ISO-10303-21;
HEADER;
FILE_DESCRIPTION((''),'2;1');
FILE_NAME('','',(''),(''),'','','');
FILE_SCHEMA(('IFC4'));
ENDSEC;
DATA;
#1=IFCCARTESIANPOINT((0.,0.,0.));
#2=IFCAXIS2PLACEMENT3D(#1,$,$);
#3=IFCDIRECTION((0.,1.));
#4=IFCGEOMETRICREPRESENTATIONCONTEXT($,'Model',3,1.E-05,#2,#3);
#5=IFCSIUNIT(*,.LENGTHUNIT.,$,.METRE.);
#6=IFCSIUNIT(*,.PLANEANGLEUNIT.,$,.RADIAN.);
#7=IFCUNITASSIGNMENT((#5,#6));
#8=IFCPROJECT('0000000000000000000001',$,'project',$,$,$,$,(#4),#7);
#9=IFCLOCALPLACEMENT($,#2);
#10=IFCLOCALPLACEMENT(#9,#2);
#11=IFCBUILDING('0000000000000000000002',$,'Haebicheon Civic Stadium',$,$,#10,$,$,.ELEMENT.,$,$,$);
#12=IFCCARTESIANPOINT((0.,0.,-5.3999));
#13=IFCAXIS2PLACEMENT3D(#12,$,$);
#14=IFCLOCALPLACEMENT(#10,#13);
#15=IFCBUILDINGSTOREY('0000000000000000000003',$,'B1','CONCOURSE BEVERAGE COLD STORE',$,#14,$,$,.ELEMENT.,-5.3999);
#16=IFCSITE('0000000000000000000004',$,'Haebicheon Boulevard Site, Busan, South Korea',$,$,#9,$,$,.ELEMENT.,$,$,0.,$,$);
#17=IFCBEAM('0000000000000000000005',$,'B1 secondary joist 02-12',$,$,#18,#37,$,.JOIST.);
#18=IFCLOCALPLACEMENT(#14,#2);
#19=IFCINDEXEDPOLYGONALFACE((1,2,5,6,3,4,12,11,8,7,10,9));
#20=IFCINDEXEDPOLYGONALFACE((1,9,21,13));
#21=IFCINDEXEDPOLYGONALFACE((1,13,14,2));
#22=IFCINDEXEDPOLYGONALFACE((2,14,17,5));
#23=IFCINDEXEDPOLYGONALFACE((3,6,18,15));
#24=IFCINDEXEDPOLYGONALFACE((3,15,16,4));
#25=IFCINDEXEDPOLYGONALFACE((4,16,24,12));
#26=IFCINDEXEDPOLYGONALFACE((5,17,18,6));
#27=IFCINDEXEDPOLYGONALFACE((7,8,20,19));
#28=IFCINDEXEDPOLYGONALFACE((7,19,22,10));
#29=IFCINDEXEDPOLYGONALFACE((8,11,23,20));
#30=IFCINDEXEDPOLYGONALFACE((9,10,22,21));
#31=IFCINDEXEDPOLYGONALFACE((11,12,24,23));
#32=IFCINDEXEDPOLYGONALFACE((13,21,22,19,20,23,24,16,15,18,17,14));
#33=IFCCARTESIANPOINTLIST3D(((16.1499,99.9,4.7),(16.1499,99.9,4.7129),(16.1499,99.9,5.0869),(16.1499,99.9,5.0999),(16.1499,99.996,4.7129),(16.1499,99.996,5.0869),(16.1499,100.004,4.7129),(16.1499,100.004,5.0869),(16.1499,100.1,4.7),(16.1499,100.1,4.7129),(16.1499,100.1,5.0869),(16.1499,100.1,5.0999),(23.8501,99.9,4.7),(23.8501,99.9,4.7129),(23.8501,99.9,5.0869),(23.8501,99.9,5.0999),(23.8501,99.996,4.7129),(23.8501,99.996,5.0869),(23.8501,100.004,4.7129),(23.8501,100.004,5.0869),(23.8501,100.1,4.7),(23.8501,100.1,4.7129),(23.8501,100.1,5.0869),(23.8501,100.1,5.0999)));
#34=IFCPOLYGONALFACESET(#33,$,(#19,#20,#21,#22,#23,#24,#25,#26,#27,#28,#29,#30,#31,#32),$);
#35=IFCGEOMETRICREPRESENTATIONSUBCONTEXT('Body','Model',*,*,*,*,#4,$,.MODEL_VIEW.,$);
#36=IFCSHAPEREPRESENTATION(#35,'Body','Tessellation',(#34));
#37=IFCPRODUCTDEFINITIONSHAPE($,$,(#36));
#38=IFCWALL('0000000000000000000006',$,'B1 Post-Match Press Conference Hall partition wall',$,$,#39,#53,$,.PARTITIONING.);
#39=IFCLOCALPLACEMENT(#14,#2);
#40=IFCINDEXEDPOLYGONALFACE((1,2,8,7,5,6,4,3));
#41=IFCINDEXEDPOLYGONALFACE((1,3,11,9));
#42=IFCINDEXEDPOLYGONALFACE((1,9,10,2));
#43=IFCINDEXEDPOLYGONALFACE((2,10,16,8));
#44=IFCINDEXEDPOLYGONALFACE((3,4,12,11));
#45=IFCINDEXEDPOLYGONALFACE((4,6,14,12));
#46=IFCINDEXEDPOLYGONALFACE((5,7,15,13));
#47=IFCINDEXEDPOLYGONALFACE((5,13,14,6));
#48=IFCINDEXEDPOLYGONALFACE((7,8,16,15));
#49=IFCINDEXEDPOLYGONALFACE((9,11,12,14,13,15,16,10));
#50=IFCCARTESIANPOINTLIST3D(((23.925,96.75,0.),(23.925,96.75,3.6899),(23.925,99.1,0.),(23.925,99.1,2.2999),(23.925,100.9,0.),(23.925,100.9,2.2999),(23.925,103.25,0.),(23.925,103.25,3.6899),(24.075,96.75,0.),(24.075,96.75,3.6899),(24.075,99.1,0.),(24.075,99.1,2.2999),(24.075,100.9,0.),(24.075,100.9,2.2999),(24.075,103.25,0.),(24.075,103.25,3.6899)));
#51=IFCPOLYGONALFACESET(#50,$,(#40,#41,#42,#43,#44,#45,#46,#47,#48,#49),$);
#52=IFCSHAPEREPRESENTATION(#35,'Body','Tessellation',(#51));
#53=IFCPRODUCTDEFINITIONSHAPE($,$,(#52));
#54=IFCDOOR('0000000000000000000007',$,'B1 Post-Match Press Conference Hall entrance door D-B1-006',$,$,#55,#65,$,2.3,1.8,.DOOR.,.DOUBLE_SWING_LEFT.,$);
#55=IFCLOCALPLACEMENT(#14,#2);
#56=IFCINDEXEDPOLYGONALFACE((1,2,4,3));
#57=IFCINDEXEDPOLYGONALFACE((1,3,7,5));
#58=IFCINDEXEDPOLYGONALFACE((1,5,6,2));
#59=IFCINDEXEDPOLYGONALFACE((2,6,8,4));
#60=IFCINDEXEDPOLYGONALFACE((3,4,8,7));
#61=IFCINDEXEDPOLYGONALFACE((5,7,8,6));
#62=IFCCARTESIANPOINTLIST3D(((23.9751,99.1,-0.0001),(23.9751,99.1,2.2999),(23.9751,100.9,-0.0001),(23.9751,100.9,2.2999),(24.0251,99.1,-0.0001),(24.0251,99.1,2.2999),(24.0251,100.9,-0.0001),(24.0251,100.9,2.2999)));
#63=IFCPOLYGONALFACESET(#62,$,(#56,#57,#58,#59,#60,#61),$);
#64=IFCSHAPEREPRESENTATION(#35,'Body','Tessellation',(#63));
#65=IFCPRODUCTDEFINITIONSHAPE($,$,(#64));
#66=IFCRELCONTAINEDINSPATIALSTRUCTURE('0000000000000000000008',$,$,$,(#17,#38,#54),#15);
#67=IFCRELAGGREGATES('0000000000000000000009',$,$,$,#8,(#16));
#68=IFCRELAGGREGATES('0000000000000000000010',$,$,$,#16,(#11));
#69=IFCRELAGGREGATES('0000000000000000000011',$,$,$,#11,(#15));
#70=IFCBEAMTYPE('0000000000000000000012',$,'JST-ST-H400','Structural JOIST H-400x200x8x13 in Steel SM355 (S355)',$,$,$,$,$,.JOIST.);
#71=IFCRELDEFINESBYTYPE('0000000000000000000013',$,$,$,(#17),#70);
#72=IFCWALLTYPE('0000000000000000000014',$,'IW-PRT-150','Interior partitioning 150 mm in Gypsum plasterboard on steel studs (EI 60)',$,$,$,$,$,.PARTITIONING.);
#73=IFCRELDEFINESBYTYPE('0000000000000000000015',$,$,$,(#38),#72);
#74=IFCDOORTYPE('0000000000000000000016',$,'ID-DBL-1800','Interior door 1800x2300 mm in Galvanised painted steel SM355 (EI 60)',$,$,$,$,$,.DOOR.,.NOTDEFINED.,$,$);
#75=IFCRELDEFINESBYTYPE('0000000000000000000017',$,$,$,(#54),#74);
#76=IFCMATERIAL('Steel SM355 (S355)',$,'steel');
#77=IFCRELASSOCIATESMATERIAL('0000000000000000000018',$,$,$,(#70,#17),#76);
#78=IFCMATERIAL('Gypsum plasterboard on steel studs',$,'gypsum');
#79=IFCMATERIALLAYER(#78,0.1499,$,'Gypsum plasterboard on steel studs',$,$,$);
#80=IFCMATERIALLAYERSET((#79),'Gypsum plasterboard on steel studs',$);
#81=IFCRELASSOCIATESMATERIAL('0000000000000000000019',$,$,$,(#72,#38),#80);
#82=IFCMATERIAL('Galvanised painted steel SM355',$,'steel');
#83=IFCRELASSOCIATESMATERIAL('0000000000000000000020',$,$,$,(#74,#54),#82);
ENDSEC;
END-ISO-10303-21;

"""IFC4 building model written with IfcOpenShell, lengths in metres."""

from ifc_helpers import new_model, si_unit, direction, frame, frame_2d, origin, origin_2d, place, context, subcontext, project, spatial, rectangle, i_section, extrude, material, layer, layer_set, material_profile, profile_set, type_object, element, fill, save


model = new_model("IFC4")

# Units and contexts
model_context = context("Model", 3, precision=1e-05, world=origin(), true_north=direction((0.0, 1.0)))
body_context = subcontext(model_context, "Body", "Model", "MODEL_VIEW")
ifc_project = project(units=[si_unit("LENGTHUNIT", "METRE"), si_unit("PLANEANGLEUNIT", "RADIAN")], contexts=[model_context])

# Site, building, storey
site_placement = place(None, origin())
site = spatial("IfcSite", under=ifc_project, at=site_placement, Name="Haebicheon Boulevard Site, Busan, South Korea", CompositionType="ELEMENT", RefElevation=0.0)
building_placement = place(site_placement, origin())
building = spatial("IfcBuilding", under=site, at=building_placement, Name="Haebicheon Civic Stadium", CompositionType="ELEMENT")
storey_placement = place(building_placement, frame((0.0, 0.0, -5.3999)))
storey = spatial("IfcBuildingStorey", under=building, at=storey_placement, Name="B1", Description="CONCOURSE BEVERAGE COLD STORE", CompositionType="ELEMENT", Elevation=-5.3999)

# Beam
ifc_material_1 = material(Name="Steel SM355 (S355)", Category="steel")
ifc_material_profile_1 = material_profile(ifc_material_1, i_section(OverallWidth=0.2, OverallDepth=0.3999, WebThickness=0.0081, FlangeThickness=0.0129, at=origin_2d()), Name="H-400x200x8x13")
ifc_profile_set_1 = profile_set([ifc_material_profile_1], Name="Steel SM355 (S355)")
beam_type_1 = type_object("IfcBeamType", Name="JST-ST-H400", Description="Structural JOIST H-400x200x8x13 in Steel SM355 (S355)", PredefinedType="JOIST", material=ifc_profile_set_1)
for number, where, z_axis, x_axis, name in (
    (1, (16.1499, 100.0, 4.8999), (1.0, 0.0, 0.0), (0.0, 1.0, 0.0), "B1 secondary joist 02-12"),
):
    element("IfcBeam", number, at=place(storey_placement, frame(where, z_axis=z_axis, x_axis=x_axis)), inside=storey, type_object=beam_type_1, material=ifc_profile_set_1, Name=name, PredefinedType="JOIST", context=body_context, shape_type="SweptSolid", body=[
        extrude(i_section(OverallWidth=0.2, OverallDepth=0.3999, WebThickness=0.0081, FlangeThickness=0.0129, at=origin_2d()), origin(), (0.0, 0.0, 1.0), 7.7002),
    ])

# Wall, opening, door
ifc_material_2 = material(Name="Gypsum plasterboard on steel studs", Category="gypsum")
ifc_layer_1 = layer(ifc_material_2, 0.1499, Name="Gypsum plasterboard on steel studs")
ifc_layer_set_1 = layer_set([ifc_layer_1], Name="Gypsum plasterboard on steel studs")
wall_type = type_object("IfcWallType", Name="IW-PRT-150", Description="Interior partitioning 150 mm in Gypsum plasterboard on steel studs (EI 60)", PredefinedType="PARTITIONING", material=ifc_layer_set_1)
wall_placement = place(storey_placement, frame((24.0, 96.75, 0.0), z_axis=(0.0, 0.0, 1.0), x_axis=(0.0, 1.0, 0.0)))
wall = element("IfcWall", 2, at=wall_placement, inside=storey, type_object=wall_type, material=ifc_layer_set_1, Name="B1 Post-Match Press Conference Hall partition wall", PredefinedType="PARTITIONING", context=body_context, shape_type="SweptSolid", body=[
    extrude(rectangle(XDim=6.5, YDim=0.1499, at=frame_2d((3.25, 0.0))), origin(), (0.0, 0.0, 1.0), 3.6899),
])
opening_placement = place(wall_placement, frame((2.3501, 0.0, 0.0)))
opening = element("IfcOpeningElement", 3, at=opening_placement, cuts=wall, PredefinedType="OPENING", context=body_context, shape_type="SweptSolid", body=[
    extrude(rectangle(XDim=1.8, YDim=2.3, at=frame_2d((0.8999, 1.1499))), frame((0.0, 0.085, 0.0), z_axis=(0.0, -1.0, 0.0), x_axis=(1.0, 0.0, 0.0)), (0.0, 0.0, 1.0), 0.1699),
])
ifc_material_3 = material(Name="Galvanised painted steel SM355", Category="steel")
door_type = type_object("IfcDoorType", Name="ID-DBL-1800", Description="Interior door 1800x2300 mm in Galvanised painted steel SM355 (EI 60)", OperationType="NOTDEFINED", PredefinedType="DOOR", material=ifc_material_3)
door_placement = place(opening_placement, origin())
door = element("IfcDoor", 4, at=door_placement, inside=storey, type_object=door_type, material=ifc_material_3, Name="B1 Post-Match Press Conference Hall entrance door D-B1-006", OperationType="DOUBLE_SWING_LEFT", OverallHeight=2.3, OverallWidth=1.8, PredefinedType="DOOR", context=body_context, shape_type="SweptSolid", body=[
    extrude(rectangle(XDim=1.8, YDim=2.3, at=frame_2d((0.8999, 1.1499))), frame((0.0, 0.0249, 0.0), z_axis=(0.0, -1.0, 0.0), x_axis=(1.0, 0.0, 0.0)), (0.0, 0.0, 1.0), 0.05),
])
fill(opening, door)

save(model, "model.ifc")
